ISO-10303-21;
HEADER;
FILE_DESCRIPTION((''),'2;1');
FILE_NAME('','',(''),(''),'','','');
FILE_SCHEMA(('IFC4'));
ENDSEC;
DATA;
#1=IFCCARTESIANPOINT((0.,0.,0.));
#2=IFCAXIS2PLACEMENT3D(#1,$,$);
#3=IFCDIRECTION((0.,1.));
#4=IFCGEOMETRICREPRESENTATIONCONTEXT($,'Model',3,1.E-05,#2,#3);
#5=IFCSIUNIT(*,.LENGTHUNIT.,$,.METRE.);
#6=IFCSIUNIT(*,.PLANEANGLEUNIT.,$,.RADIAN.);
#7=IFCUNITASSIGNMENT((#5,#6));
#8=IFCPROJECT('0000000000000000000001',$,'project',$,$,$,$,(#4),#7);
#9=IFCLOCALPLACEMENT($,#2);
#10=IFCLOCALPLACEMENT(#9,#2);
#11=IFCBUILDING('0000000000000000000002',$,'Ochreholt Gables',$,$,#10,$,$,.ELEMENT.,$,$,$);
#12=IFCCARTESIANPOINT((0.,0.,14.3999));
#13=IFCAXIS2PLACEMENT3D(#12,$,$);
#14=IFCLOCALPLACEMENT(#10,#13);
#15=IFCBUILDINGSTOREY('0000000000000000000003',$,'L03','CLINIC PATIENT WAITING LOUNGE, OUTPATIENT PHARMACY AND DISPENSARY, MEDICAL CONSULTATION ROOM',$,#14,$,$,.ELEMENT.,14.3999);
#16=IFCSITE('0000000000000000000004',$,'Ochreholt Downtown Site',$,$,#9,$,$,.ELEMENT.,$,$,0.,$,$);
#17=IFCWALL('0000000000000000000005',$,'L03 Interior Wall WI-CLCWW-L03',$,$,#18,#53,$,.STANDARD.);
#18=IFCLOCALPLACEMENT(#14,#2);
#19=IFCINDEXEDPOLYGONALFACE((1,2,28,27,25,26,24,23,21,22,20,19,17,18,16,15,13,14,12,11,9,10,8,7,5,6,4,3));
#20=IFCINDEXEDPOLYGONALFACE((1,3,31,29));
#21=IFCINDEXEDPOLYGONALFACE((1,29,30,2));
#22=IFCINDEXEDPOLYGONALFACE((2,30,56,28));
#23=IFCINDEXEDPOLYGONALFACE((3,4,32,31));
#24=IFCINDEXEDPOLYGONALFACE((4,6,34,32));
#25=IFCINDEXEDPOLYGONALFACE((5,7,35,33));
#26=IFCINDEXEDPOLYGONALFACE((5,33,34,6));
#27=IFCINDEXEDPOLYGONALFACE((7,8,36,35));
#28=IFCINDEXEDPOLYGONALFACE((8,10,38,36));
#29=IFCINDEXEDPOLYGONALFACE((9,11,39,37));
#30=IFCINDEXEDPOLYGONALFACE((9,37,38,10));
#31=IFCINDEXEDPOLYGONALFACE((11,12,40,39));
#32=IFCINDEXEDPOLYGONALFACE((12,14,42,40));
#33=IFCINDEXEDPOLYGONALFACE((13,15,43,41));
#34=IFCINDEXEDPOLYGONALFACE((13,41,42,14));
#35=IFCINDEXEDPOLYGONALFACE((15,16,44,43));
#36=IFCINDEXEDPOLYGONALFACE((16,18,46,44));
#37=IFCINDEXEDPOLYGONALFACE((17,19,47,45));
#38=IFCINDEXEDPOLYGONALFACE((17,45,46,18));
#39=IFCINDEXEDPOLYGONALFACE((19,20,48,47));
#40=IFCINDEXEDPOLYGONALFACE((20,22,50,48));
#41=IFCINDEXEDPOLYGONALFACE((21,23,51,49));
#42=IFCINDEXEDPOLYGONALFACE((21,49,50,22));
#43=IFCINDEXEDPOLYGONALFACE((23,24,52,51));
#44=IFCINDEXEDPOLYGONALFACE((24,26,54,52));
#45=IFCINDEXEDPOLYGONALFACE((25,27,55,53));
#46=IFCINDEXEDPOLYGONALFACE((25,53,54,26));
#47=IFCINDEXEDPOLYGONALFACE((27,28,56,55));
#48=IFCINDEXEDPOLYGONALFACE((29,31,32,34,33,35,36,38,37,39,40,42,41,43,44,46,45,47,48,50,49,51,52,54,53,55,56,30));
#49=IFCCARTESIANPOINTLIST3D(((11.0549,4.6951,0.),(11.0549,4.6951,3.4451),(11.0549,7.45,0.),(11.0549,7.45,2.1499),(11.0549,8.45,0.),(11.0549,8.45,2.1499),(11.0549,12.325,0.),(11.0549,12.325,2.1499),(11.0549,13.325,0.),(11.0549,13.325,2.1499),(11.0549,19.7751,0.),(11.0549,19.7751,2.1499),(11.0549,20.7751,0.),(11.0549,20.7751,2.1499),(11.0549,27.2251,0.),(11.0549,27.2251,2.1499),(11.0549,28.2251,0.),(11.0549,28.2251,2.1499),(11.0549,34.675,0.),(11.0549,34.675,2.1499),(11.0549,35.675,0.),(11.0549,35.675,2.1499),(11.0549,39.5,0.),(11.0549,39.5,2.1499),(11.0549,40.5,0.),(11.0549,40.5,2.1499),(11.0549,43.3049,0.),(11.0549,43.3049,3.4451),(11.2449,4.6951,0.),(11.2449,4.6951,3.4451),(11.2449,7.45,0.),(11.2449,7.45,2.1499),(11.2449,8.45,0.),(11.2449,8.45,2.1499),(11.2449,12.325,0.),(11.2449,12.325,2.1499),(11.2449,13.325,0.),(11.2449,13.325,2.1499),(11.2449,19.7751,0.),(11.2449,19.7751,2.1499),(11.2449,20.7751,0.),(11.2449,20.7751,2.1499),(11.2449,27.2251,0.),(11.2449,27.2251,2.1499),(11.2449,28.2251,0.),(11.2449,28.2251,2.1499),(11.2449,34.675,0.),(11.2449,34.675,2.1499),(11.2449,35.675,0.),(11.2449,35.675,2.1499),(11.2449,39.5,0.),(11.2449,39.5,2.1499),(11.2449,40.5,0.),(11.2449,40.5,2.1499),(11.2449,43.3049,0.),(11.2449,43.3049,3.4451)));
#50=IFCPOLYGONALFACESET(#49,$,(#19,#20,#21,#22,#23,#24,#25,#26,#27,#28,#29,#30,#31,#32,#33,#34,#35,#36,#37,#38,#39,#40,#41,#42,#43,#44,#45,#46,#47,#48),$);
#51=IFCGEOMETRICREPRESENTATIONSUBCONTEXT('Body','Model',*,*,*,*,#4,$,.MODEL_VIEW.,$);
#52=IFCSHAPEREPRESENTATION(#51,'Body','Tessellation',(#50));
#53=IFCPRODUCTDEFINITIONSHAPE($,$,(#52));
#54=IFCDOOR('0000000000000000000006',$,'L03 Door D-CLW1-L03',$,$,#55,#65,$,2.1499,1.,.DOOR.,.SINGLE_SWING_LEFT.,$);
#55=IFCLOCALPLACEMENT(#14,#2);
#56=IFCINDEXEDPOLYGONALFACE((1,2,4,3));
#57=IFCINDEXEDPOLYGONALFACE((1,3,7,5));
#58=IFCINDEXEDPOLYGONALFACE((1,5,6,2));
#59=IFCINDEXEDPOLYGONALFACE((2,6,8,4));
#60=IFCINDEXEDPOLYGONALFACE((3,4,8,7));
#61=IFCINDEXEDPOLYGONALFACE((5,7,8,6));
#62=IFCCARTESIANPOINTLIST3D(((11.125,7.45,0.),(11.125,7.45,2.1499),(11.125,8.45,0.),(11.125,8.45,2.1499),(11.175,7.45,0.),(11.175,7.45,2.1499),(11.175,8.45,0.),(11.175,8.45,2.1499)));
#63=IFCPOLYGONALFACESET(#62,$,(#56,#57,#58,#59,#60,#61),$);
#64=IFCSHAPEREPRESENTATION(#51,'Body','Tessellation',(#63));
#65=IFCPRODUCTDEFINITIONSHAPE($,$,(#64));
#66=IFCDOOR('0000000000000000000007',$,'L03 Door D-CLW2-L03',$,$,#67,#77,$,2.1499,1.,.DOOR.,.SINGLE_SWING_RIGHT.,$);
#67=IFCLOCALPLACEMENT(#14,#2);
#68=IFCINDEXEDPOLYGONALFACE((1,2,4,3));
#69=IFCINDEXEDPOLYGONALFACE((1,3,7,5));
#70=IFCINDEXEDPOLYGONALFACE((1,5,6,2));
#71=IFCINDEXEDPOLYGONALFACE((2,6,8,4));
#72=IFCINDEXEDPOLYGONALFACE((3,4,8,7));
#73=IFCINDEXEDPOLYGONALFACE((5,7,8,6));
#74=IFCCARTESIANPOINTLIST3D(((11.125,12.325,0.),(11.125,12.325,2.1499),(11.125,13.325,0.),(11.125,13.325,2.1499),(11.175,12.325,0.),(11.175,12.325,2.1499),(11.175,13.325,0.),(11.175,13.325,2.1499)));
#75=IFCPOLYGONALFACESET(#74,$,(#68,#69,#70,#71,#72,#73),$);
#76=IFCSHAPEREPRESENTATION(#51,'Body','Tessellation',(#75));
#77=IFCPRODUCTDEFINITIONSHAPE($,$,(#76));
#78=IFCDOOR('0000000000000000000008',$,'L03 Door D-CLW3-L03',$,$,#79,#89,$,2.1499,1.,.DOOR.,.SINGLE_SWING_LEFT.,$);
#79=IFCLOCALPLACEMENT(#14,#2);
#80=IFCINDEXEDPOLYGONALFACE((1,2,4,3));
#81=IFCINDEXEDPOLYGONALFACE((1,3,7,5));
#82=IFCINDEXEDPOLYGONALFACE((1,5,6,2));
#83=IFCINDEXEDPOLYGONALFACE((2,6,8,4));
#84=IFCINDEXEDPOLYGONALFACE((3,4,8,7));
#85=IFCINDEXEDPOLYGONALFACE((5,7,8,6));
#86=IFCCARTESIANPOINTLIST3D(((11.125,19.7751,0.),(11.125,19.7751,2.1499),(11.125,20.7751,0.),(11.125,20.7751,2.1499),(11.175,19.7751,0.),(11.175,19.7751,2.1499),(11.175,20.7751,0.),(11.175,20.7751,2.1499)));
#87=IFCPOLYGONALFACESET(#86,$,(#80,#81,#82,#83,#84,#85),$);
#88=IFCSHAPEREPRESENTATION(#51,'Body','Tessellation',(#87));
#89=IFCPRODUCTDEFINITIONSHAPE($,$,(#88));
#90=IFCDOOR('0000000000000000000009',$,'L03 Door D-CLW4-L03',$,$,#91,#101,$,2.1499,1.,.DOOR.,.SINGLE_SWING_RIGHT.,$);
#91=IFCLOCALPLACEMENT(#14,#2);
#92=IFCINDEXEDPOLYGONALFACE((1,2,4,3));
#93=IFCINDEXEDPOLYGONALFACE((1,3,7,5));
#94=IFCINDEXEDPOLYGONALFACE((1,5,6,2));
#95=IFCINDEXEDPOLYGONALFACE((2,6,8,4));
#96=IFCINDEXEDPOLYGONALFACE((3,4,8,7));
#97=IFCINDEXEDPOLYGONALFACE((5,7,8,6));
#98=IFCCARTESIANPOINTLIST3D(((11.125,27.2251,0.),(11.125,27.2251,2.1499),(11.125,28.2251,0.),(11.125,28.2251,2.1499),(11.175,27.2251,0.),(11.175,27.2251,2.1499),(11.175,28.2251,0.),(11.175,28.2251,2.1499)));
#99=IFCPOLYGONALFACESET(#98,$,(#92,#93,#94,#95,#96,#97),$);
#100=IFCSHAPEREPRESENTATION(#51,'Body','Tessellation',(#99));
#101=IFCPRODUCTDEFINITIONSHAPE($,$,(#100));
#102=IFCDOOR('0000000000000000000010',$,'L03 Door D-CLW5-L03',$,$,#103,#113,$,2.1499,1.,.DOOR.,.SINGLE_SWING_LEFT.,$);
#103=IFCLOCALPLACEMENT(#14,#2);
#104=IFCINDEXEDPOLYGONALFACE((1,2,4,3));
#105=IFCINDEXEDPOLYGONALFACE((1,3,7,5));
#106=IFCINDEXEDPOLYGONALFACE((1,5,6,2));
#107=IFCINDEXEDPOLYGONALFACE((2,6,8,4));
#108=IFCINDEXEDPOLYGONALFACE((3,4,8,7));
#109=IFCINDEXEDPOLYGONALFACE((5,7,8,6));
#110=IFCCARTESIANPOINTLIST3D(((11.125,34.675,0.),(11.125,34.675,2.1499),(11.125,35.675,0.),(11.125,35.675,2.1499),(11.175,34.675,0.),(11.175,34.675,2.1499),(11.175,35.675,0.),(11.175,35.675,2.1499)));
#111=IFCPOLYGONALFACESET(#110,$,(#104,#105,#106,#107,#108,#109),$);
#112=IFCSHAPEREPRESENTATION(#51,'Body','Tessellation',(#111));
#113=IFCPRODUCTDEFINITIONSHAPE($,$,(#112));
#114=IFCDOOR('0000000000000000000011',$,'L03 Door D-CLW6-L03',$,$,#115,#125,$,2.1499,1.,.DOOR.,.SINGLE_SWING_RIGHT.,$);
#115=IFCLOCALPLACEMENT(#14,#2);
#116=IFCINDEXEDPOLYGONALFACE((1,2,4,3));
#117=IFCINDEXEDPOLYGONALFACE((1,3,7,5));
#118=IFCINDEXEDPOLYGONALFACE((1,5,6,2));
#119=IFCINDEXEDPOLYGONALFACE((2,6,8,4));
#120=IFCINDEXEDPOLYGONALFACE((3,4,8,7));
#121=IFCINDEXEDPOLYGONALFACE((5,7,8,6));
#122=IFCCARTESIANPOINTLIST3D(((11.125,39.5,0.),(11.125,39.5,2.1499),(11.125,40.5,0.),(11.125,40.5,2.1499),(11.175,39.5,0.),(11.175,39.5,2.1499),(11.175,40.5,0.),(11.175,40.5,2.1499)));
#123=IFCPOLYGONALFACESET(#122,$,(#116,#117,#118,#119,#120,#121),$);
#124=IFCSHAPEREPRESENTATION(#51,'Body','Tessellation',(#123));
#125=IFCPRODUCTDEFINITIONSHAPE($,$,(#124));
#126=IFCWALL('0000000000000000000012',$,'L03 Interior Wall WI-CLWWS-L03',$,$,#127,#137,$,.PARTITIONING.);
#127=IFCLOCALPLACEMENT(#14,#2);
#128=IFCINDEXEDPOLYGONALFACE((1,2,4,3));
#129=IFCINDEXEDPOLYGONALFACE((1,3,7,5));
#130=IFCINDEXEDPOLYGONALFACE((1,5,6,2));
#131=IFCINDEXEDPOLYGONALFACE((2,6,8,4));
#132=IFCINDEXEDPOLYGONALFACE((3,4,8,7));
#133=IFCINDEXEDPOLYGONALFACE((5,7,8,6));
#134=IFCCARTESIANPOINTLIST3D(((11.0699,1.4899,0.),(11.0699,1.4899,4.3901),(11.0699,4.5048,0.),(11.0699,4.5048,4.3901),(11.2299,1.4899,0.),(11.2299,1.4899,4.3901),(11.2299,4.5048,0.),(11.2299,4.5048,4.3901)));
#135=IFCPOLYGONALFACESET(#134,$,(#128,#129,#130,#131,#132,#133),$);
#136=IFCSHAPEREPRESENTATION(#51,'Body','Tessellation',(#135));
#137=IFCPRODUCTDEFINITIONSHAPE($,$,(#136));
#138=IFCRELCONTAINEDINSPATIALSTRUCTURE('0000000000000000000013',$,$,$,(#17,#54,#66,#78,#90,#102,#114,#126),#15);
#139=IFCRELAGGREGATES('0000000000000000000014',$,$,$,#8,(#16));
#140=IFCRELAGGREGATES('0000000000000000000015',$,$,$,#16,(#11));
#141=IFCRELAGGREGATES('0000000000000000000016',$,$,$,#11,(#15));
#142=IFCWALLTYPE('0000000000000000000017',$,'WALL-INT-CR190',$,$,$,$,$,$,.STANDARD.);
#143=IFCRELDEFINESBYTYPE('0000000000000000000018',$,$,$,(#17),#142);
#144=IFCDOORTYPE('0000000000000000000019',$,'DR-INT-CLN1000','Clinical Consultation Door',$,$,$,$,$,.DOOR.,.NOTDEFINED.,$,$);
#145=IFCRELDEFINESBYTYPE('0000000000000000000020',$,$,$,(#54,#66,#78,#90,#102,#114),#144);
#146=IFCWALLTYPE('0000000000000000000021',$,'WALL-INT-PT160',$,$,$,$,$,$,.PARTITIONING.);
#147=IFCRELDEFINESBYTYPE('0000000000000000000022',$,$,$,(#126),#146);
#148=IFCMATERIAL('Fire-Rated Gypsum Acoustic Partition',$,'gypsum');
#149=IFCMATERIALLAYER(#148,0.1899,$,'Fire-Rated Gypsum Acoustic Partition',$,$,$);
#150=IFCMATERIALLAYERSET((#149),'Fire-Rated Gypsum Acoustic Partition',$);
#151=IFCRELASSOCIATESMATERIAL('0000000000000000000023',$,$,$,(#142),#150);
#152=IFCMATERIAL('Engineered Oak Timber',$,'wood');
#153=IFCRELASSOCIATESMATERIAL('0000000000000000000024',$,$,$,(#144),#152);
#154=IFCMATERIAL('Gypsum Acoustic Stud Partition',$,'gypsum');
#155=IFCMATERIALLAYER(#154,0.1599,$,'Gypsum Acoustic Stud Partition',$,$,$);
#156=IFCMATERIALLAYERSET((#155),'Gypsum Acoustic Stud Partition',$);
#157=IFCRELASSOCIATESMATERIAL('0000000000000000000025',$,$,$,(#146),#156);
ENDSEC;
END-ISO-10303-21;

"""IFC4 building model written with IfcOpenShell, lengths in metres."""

from ifc_helpers import new_model, si_unit, direction, frame, frame_2d, origin, place, context, subcontext, project, spatial, rectangle, extrude, material, layer, layer_set, type_object, element, fill, save


model = new_model("IFC4")

# Units and contexts
model_context = context("Model", 3, precision=1e-05, world=origin(), true_north=direction((0.0, 1.0)))
body_context = subcontext(model_context, "Body", "Model", "MODEL_VIEW")
ifc_project = project(units=[si_unit("LENGTHUNIT", "METRE"), si_unit("PLANEANGLEUNIT", "RADIAN")], contexts=[model_context])

# Site, building, storey
site_placement = place(None, origin())
site = spatial("IfcSite", under=ifc_project, at=site_placement, Name="Ochreholt Downtown Site", CompositionType="ELEMENT", RefElevation=0.0)
building_placement = place(site_placement, origin())
building = spatial("IfcBuilding", under=site, at=building_placement, Name="Ochreholt Gables", CompositionType="ELEMENT")
storey_placement = place(building_placement, frame((0.0, 0.0, 14.3999)))
storey = spatial("IfcBuildingStorey", under=building, at=storey_placement, Name="L03", Description="CLINIC PATIENT WAITING LOUNGE, OUTPATIENT PHARMACY AND DISPENSARY, MEDICAL CONSULTATION ROOM", CompositionType="ELEMENT", Elevation=14.3999)

# Shared definitions
ifc_material_1 = material(Name="Fire-Rated Gypsum Acoustic Partition", Category="gypsum")
ifc_layer_1 = layer(ifc_material_1, 0.1899, Name="Fire-Rated Gypsum Acoustic Partition")
ifc_layer_set_1 = layer_set([ifc_layer_1], Name="Fire-Rated Gypsum Acoustic Partition")
wall_type_1 = type_object("IfcWallType", Name="WALL-INT-CR190", PredefinedType="STANDARD", material=ifc_layer_set_1)

# Wall, openings, doors
wall_1_placement = place(storey_placement, frame((11.1499, 4.6951, 0.0), z_axis=(0.0, 0.0, 1.0), x_axis=(0.0, 1.0, 0.0)))
wall_1 = element("IfcWall", 1, at=wall_1_placement, inside=storey, type_object=wall_type_1, Name="L03 Interior Wall WI-CLCWW-L03", PredefinedType="STANDARD", context=body_context, shape_type="SweptSolid", body=[
    extrude(rectangle(XDim=38.6099, YDim=0.1899, at=frame_2d((19.3049, 0.0))), origin(), (0.0, 0.0, 1.0), 3.4451),
])
opening_1_placement = place(wall_1_placement, frame((2.7549, 0.0, 0.0)))
opening_1 = element("IfcOpeningElement", 2, at=opening_1_placement, cuts=wall_1, PredefinedType="OPENING", context=body_context, shape_type="SweptSolid", body=[
    extrude(rectangle(XDim=1.0, YDim=2.1499, at=frame_2d((0.5, 1.075))), frame((0.0, 0.105, 0.0), z_axis=(0.0, -1.0, 0.0), x_axis=(1.0, 0.0, 0.0)), (0.0, 0.0, 1.0), 0.21),
])
opening_2_placement = place(wall_1_placement, frame((7.6299, 0.0, 0.0)))
opening_2 = element("IfcOpeningElement", 3, at=opening_2_placement, cuts=wall_1, PredefinedType="OPENING", context=body_context, shape_type="SweptSolid", body=[
    extrude(rectangle(XDim=1.0, YDim=2.1499, at=frame_2d((0.5, 1.075))), frame((0.0, 0.105, 0.0), z_axis=(0.0, -1.0, 0.0), x_axis=(1.0, 0.0, 0.0)), (0.0, 0.0, 1.0), 0.21),
])
opening_3_placement = place(wall_1_placement, frame((15.0801, 0.0, 0.0)))
opening_3 = element("IfcOpeningElement", 4, at=opening_3_placement, cuts=wall_1, PredefinedType="OPENING", context=body_context, shape_type="SweptSolid", body=[
    extrude(rectangle(XDim=1.0, YDim=2.1499, at=frame_2d((0.5, 1.075))), frame((0.0, 0.105, 0.0), z_axis=(0.0, -1.0, 0.0), x_axis=(1.0, 0.0, 0.0)), (0.0, 0.0, 1.0), 0.21),
])
opening_4_placement = place(wall_1_placement, frame((22.53, 0.0, 0.0)))
opening_4 = element("IfcOpeningElement", 5, at=opening_4_placement, cuts=wall_1, PredefinedType="OPENING", context=body_context, shape_type="SweptSolid", body=[
    extrude(rectangle(XDim=1.0, YDim=2.1499, at=frame_2d((0.5, 1.075))), frame((0.0, 0.105, 0.0), z_axis=(0.0, -1.0, 0.0), x_axis=(1.0, 0.0, 0.0)), (0.0, 0.0, 1.0), 0.21),
])
opening_5_placement = place(wall_1_placement, frame((29.98, 0.0, 0.0)))
opening_5 = element("IfcOpeningElement", 6, at=opening_5_placement, cuts=wall_1, PredefinedType="OPENING", context=body_context, shape_type="SweptSolid", body=[
    extrude(rectangle(XDim=1.0, YDim=2.1499, at=frame_2d((0.5, 1.075))), frame((0.0, 0.105, 0.0), z_axis=(0.0, -1.0, 0.0), x_axis=(1.0, 0.0, 0.0)), (0.0, 0.0, 1.0), 0.21),
])
opening_6_placement = place(wall_1_placement, frame((34.8049, 0.0, 0.0)))
opening_6 = element("IfcOpeningElement", 7, at=opening_6_placement, cuts=wall_1, PredefinedType="OPENING", context=body_context, shape_type="SweptSolid", body=[
    extrude(rectangle(XDim=1.0, YDim=2.1499, at=frame_2d((0.5, 1.075))), frame((0.0, 0.105, 0.0), z_axis=(0.0, -1.0, 0.0), x_axis=(1.0, 0.0, 0.0)), (0.0, 0.0, 1.0), 0.21),
])
ifc_material_2 = material(Name="Engineered Oak Timber", Category="wood")
door_type = type_object("IfcDoorType", Name="DR-INT-CLN1000", Description="Clinical Consultation Door", OperationType="NOTDEFINED", PredefinedType="DOOR", material=ifc_material_2)
door_1_placement = place(opening_1_placement, origin())
door_1 = element("IfcDoor", 8, at=door_1_placement, inside=storey, type_object=door_type, Name="L03 Door D-CLW1-L03", OperationType="SINGLE_SWING_LEFT", OverallHeight=2.1499, OverallWidth=1.0, PredefinedType="DOOR", context=body_context, shape_type="SweptSolid", body=[
    extrude(rectangle(XDim=1.0, YDim=2.1499, at=frame_2d((0.5, 1.075))), frame((0.0, 0.0249, 0.0), z_axis=(0.0, -1.0, 0.0), x_axis=(1.0, 0.0, 0.0)), (0.0, 0.0, 1.0), 0.05),
])
fill(opening_1, door_1)
door_2_placement = place(opening_2_placement, origin())
door_2 = element("IfcDoor", 9, at=door_2_placement, inside=storey, type_object=door_type, Name="L03 Door D-CLW2-L03", OperationType="SINGLE_SWING_RIGHT", OverallHeight=2.1499, OverallWidth=1.0, PredefinedType="DOOR", context=body_context, shape_type="SweptSolid", body=[
    extrude(rectangle(XDim=1.0, YDim=2.1499, at=frame_2d((0.5, 1.075))), frame((0.0, 0.0249, 0.0), z_axis=(0.0, -1.0, 0.0), x_axis=(1.0, 0.0, 0.0)), (0.0, 0.0, 1.0), 0.05),
])
fill(opening_2, door_2)
door_3_placement = place(opening_3_placement, origin())
door_3 = element("IfcDoor", 10, at=door_3_placement, inside=storey, type_object=door_type, Name="L03 Door D-CLW3-L03", OperationType="SINGLE_SWING_LEFT", OverallHeight=2.1499, OverallWidth=1.0, PredefinedType="DOOR", context=body_context, shape_type="SweptSolid", body=[
    extrude(rectangle(XDim=1.0, YDim=2.1499, at=frame_2d((0.5, 1.075))), frame((0.0, 0.0249, 0.0), z_axis=(0.0, -1.0, 0.0), x_axis=(1.0, 0.0, 0.0)), (0.0, 0.0, 1.0), 0.05),
])
fill(opening_3, door_3)
door_4_placement = place(opening_4_placement, origin())
door_4 = element("IfcDoor", 11, at=door_4_placement, inside=storey, type_object=door_type, Name="L03 Door D-CLW4-L03", OperationType="SINGLE_SWING_RIGHT", OverallHeight=2.1499, OverallWidth=1.0, PredefinedType="DOOR", context=body_context, shape_type="SweptSolid", body=[
    extrude(rectangle(XDim=1.0, YDim=2.1499, at=frame_2d((0.5, 1.075))), frame((0.0, 0.0249, 0.0), z_axis=(0.0, -1.0, 0.0), x_axis=(1.0, 0.0, 0.0)), (0.0, 0.0, 1.0), 0.05),
])
fill(opening_4, door_4)
door_5_placement = place(opening_5_placement, origin())
door_5 = element("IfcDoor", 12, at=door_5_placement, inside=storey, type_object=door_type, Name="L03 Door D-CLW5-L03", OperationType="SINGLE_SWING_LEFT", OverallHeight=2.1499, OverallWidth=1.0, PredefinedType="DOOR", context=body_context, shape_type="SweptSolid", body=[
    extrude(rectangle(XDim=1.0, YDim=2.1499, at=frame_2d((0.5, 1.075))), frame((0.0, 0.0249, 0.0), z_axis=(0.0, -1.0, 0.0), x_axis=(1.0, 0.0, 0.0)), (0.0, 0.0, 1.0), 0.05),
])
fill(opening_5, door_5)
door_6_placement = place(opening_6_placement, origin())
door_6 = element("IfcDoor", 13, at=door_6_placement, inside=storey, type_object=door_type, Name="L03 Door D-CLW6-L03", OperationType="SINGLE_SWING_RIGHT", OverallHeight=2.1499, OverallWidth=1.0, PredefinedType="DOOR", context=body_context, shape_type="SweptSolid", body=[
    extrude(rectangle(XDim=1.0, YDim=2.1499, at=frame_2d((0.5, 1.075))), frame((0.0, 0.0249, 0.0), z_axis=(0.0, -1.0, 0.0), x_axis=(1.0, 0.0, 0.0)), (0.0, 0.0, 1.0), 0.05),
])
fill(opening_6, door_6)

# Wall
ifc_material_3 = material(Name="Gypsum Acoustic Stud Partition", Category="gypsum")
ifc_layer_2 = layer(ifc_material_3, 0.1599, Name="Gypsum Acoustic Stud Partition")
ifc_layer_set_2 = layer_set([ifc_layer_2], Name="Gypsum Acoustic Stud Partition")
wall_type_2 = type_object("IfcWallType", Name="WALL-INT-PT160", PredefinedType="PARTITIONING", material=ifc_layer_set_2)
wall_2_placement = place(storey_placement, frame((11.1499, 1.49, 0.0), z_axis=(0.0, 0.0, 1.0), x_axis=(0.0, 1.0, 0.0)))
element("IfcWall", 14, at=wall_2_placement, inside=storey, type_object=wall_type_2, Name="L03 Interior Wall WI-CLWWS-L03", PredefinedType="PARTITIONING", context=body_context, shape_type="SweptSolid", body=[
    extrude(rectangle(XDim=3.0149, YDim=0.1599, at=frame_2d((1.5073, 0.0))), origin(), (0.0, 0.0, 1.0), 4.3901),
])

save(model, "model.ifc")
